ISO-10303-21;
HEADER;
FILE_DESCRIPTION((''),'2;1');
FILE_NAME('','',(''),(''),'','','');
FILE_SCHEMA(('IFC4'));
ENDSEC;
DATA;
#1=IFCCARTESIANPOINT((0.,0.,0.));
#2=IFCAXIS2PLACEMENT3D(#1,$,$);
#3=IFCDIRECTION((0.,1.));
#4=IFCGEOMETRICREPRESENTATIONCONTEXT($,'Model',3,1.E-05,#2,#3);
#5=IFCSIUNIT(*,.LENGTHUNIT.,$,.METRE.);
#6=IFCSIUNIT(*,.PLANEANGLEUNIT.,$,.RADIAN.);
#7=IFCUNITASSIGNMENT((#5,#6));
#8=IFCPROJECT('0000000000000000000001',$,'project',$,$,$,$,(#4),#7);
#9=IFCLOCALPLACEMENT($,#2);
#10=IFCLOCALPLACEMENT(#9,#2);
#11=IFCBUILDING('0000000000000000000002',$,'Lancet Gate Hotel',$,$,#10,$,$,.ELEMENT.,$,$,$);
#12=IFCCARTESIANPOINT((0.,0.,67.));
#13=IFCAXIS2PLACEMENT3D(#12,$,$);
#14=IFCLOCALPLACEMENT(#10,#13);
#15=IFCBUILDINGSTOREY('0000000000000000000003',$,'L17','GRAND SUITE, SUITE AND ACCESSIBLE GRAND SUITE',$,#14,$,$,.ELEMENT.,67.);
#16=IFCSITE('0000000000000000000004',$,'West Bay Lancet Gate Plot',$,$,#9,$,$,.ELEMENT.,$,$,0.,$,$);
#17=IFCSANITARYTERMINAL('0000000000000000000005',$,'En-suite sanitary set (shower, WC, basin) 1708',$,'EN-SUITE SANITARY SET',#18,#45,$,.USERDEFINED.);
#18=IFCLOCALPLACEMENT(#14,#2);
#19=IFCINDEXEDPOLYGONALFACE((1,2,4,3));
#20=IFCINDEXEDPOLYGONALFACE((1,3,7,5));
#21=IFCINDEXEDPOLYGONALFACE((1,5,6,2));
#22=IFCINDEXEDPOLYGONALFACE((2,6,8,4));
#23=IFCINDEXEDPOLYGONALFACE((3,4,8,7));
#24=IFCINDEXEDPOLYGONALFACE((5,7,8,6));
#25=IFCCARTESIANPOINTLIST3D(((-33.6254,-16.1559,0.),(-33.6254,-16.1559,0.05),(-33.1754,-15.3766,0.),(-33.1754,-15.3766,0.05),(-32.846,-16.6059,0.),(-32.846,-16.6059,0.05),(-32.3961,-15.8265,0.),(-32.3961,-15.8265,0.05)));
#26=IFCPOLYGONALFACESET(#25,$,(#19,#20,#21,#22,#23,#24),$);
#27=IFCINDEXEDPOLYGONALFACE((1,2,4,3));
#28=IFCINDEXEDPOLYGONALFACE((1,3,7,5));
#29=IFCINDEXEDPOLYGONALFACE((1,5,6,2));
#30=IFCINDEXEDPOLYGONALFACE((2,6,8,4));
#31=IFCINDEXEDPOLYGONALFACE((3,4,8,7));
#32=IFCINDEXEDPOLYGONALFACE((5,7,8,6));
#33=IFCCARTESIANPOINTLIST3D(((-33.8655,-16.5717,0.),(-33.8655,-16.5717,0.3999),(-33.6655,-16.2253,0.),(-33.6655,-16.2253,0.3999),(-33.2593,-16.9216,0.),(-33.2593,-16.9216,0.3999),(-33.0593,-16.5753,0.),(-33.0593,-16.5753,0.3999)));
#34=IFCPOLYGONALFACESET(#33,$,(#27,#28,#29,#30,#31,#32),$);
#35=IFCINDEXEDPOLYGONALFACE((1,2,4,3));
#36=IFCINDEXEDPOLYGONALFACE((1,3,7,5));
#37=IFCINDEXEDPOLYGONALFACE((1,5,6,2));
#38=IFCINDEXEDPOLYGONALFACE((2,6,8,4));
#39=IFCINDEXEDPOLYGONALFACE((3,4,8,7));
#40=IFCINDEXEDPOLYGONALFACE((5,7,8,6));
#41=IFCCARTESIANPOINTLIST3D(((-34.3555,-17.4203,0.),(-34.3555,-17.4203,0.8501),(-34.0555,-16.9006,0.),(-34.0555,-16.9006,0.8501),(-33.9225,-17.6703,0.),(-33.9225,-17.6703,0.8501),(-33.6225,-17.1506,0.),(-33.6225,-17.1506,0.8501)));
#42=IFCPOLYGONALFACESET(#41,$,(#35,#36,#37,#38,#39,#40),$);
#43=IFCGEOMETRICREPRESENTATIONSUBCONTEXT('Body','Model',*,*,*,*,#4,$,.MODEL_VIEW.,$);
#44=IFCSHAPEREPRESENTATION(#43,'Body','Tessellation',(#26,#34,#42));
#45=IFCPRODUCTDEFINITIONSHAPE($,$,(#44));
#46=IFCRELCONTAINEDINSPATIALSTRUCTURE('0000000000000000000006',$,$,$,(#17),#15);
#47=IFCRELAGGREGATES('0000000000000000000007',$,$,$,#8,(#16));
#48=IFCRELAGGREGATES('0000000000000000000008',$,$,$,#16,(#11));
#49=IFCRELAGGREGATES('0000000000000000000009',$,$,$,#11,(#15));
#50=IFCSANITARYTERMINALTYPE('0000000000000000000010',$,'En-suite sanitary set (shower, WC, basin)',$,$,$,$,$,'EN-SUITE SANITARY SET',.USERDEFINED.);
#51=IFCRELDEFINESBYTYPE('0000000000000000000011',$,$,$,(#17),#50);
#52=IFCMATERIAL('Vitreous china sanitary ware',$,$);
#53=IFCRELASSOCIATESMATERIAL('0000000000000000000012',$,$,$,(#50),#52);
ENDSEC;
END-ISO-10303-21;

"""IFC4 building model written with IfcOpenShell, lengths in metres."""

from ifc_helpers import new_model, si_unit, direction, frame, origin, origin_2d, place, context, subcontext, project, spatial, rectangle, extrude, material, type_object, element, save


model = new_model("IFC4")

# Units and contexts
model_context = context("Model", 3, precision=1e-05, world=origin(), true_north=direction((0.0, 1.0)))
body_context = subcontext(model_context, "Body", "Model", "MODEL_VIEW")
ifc_project = project(units=[si_unit("LENGTHUNIT", "METRE"), si_unit("PLANEANGLEUNIT", "RADIAN")], contexts=[model_context])

# Site, building, storey
site_placement = place(None, origin())
site = spatial("IfcSite", under=ifc_project, at=site_placement, Name="West Bay Lancet Gate Plot", CompositionType="ELEMENT", RefElevation=0.0)
building_placement = place(site_placement, origin())
building = spatial("IfcBuilding", under=site, at=building_placement, Name="Lancet Gate Hotel", CompositionType="ELEMENT")
storey_placement = place(building_placement, frame((0.0, 0.0, 67.0)))
storey = spatial("IfcBuildingStorey", under=building, at=storey_placement, Name="L17", Description="GRAND SUITE, SUITE AND ACCESSIBLE GRAND SUITE", CompositionType="ELEMENT", Elevation=67.0)

# Sanitary terminal
ifc_material_1 = material(Name="Vitreous china sanitary ware")
sanitary_terminal_type = type_object("IfcSanitaryTerminalType", Name="En-suite sanitary set (shower, WC, basin)", ElementType="EN-SUITE SANITARY SET", PredefinedType="USERDEFINED", material=ifc_material_1)
sanitary_terminal_placement = place(storey_placement, frame((-33.0107, -15.9912, 0.0), z_axis=(0.0, 0.0, 1.0), x_axis=(1.0, 0.0, 0.0)))
element("IfcSanitaryTerminal", 1, at=sanitary_terminal_placement, inside=storey, type_object=sanitary_terminal_type, Name="En-suite sanitary set (shower, WC, basin) 1708", ObjectType="EN-SUITE SANITARY SET", PredefinedType="USERDEFINED", context=body_context, shape_type="SweptSolid", body=[
    extrude(rectangle(XDim=0.8999, YDim=0.8999, at=origin_2d()), frame((0.0, 0.0, 0.0), z_axis=(0.0, 0.0, 1.0), x_axis=(0.5, 0.866025, 0.0)), (0.0, 0.0, 1.0), 0.05),
    extrude(rectangle(XDim=0.3999, YDim=0.7, at=origin_2d()), frame((-0.4517, -0.5823, 0.0), z_axis=(0.0, 0.0, 1.0), x_axis=(0.5, 0.866025, 0.0)), (0.0, 0.0, 1.0), 0.3999),
    extrude(rectangle(XDim=0.6001, YDim=0.5, at=origin_2d()), frame((-0.9783, -1.2942, 0.0), z_axis=(0.0, 0.0, 1.0), x_axis=(0.5, 0.866025, 0.0)), (0.0, 0.0, 1.0), 0.8501),
])

save(model, "model.ifc")
